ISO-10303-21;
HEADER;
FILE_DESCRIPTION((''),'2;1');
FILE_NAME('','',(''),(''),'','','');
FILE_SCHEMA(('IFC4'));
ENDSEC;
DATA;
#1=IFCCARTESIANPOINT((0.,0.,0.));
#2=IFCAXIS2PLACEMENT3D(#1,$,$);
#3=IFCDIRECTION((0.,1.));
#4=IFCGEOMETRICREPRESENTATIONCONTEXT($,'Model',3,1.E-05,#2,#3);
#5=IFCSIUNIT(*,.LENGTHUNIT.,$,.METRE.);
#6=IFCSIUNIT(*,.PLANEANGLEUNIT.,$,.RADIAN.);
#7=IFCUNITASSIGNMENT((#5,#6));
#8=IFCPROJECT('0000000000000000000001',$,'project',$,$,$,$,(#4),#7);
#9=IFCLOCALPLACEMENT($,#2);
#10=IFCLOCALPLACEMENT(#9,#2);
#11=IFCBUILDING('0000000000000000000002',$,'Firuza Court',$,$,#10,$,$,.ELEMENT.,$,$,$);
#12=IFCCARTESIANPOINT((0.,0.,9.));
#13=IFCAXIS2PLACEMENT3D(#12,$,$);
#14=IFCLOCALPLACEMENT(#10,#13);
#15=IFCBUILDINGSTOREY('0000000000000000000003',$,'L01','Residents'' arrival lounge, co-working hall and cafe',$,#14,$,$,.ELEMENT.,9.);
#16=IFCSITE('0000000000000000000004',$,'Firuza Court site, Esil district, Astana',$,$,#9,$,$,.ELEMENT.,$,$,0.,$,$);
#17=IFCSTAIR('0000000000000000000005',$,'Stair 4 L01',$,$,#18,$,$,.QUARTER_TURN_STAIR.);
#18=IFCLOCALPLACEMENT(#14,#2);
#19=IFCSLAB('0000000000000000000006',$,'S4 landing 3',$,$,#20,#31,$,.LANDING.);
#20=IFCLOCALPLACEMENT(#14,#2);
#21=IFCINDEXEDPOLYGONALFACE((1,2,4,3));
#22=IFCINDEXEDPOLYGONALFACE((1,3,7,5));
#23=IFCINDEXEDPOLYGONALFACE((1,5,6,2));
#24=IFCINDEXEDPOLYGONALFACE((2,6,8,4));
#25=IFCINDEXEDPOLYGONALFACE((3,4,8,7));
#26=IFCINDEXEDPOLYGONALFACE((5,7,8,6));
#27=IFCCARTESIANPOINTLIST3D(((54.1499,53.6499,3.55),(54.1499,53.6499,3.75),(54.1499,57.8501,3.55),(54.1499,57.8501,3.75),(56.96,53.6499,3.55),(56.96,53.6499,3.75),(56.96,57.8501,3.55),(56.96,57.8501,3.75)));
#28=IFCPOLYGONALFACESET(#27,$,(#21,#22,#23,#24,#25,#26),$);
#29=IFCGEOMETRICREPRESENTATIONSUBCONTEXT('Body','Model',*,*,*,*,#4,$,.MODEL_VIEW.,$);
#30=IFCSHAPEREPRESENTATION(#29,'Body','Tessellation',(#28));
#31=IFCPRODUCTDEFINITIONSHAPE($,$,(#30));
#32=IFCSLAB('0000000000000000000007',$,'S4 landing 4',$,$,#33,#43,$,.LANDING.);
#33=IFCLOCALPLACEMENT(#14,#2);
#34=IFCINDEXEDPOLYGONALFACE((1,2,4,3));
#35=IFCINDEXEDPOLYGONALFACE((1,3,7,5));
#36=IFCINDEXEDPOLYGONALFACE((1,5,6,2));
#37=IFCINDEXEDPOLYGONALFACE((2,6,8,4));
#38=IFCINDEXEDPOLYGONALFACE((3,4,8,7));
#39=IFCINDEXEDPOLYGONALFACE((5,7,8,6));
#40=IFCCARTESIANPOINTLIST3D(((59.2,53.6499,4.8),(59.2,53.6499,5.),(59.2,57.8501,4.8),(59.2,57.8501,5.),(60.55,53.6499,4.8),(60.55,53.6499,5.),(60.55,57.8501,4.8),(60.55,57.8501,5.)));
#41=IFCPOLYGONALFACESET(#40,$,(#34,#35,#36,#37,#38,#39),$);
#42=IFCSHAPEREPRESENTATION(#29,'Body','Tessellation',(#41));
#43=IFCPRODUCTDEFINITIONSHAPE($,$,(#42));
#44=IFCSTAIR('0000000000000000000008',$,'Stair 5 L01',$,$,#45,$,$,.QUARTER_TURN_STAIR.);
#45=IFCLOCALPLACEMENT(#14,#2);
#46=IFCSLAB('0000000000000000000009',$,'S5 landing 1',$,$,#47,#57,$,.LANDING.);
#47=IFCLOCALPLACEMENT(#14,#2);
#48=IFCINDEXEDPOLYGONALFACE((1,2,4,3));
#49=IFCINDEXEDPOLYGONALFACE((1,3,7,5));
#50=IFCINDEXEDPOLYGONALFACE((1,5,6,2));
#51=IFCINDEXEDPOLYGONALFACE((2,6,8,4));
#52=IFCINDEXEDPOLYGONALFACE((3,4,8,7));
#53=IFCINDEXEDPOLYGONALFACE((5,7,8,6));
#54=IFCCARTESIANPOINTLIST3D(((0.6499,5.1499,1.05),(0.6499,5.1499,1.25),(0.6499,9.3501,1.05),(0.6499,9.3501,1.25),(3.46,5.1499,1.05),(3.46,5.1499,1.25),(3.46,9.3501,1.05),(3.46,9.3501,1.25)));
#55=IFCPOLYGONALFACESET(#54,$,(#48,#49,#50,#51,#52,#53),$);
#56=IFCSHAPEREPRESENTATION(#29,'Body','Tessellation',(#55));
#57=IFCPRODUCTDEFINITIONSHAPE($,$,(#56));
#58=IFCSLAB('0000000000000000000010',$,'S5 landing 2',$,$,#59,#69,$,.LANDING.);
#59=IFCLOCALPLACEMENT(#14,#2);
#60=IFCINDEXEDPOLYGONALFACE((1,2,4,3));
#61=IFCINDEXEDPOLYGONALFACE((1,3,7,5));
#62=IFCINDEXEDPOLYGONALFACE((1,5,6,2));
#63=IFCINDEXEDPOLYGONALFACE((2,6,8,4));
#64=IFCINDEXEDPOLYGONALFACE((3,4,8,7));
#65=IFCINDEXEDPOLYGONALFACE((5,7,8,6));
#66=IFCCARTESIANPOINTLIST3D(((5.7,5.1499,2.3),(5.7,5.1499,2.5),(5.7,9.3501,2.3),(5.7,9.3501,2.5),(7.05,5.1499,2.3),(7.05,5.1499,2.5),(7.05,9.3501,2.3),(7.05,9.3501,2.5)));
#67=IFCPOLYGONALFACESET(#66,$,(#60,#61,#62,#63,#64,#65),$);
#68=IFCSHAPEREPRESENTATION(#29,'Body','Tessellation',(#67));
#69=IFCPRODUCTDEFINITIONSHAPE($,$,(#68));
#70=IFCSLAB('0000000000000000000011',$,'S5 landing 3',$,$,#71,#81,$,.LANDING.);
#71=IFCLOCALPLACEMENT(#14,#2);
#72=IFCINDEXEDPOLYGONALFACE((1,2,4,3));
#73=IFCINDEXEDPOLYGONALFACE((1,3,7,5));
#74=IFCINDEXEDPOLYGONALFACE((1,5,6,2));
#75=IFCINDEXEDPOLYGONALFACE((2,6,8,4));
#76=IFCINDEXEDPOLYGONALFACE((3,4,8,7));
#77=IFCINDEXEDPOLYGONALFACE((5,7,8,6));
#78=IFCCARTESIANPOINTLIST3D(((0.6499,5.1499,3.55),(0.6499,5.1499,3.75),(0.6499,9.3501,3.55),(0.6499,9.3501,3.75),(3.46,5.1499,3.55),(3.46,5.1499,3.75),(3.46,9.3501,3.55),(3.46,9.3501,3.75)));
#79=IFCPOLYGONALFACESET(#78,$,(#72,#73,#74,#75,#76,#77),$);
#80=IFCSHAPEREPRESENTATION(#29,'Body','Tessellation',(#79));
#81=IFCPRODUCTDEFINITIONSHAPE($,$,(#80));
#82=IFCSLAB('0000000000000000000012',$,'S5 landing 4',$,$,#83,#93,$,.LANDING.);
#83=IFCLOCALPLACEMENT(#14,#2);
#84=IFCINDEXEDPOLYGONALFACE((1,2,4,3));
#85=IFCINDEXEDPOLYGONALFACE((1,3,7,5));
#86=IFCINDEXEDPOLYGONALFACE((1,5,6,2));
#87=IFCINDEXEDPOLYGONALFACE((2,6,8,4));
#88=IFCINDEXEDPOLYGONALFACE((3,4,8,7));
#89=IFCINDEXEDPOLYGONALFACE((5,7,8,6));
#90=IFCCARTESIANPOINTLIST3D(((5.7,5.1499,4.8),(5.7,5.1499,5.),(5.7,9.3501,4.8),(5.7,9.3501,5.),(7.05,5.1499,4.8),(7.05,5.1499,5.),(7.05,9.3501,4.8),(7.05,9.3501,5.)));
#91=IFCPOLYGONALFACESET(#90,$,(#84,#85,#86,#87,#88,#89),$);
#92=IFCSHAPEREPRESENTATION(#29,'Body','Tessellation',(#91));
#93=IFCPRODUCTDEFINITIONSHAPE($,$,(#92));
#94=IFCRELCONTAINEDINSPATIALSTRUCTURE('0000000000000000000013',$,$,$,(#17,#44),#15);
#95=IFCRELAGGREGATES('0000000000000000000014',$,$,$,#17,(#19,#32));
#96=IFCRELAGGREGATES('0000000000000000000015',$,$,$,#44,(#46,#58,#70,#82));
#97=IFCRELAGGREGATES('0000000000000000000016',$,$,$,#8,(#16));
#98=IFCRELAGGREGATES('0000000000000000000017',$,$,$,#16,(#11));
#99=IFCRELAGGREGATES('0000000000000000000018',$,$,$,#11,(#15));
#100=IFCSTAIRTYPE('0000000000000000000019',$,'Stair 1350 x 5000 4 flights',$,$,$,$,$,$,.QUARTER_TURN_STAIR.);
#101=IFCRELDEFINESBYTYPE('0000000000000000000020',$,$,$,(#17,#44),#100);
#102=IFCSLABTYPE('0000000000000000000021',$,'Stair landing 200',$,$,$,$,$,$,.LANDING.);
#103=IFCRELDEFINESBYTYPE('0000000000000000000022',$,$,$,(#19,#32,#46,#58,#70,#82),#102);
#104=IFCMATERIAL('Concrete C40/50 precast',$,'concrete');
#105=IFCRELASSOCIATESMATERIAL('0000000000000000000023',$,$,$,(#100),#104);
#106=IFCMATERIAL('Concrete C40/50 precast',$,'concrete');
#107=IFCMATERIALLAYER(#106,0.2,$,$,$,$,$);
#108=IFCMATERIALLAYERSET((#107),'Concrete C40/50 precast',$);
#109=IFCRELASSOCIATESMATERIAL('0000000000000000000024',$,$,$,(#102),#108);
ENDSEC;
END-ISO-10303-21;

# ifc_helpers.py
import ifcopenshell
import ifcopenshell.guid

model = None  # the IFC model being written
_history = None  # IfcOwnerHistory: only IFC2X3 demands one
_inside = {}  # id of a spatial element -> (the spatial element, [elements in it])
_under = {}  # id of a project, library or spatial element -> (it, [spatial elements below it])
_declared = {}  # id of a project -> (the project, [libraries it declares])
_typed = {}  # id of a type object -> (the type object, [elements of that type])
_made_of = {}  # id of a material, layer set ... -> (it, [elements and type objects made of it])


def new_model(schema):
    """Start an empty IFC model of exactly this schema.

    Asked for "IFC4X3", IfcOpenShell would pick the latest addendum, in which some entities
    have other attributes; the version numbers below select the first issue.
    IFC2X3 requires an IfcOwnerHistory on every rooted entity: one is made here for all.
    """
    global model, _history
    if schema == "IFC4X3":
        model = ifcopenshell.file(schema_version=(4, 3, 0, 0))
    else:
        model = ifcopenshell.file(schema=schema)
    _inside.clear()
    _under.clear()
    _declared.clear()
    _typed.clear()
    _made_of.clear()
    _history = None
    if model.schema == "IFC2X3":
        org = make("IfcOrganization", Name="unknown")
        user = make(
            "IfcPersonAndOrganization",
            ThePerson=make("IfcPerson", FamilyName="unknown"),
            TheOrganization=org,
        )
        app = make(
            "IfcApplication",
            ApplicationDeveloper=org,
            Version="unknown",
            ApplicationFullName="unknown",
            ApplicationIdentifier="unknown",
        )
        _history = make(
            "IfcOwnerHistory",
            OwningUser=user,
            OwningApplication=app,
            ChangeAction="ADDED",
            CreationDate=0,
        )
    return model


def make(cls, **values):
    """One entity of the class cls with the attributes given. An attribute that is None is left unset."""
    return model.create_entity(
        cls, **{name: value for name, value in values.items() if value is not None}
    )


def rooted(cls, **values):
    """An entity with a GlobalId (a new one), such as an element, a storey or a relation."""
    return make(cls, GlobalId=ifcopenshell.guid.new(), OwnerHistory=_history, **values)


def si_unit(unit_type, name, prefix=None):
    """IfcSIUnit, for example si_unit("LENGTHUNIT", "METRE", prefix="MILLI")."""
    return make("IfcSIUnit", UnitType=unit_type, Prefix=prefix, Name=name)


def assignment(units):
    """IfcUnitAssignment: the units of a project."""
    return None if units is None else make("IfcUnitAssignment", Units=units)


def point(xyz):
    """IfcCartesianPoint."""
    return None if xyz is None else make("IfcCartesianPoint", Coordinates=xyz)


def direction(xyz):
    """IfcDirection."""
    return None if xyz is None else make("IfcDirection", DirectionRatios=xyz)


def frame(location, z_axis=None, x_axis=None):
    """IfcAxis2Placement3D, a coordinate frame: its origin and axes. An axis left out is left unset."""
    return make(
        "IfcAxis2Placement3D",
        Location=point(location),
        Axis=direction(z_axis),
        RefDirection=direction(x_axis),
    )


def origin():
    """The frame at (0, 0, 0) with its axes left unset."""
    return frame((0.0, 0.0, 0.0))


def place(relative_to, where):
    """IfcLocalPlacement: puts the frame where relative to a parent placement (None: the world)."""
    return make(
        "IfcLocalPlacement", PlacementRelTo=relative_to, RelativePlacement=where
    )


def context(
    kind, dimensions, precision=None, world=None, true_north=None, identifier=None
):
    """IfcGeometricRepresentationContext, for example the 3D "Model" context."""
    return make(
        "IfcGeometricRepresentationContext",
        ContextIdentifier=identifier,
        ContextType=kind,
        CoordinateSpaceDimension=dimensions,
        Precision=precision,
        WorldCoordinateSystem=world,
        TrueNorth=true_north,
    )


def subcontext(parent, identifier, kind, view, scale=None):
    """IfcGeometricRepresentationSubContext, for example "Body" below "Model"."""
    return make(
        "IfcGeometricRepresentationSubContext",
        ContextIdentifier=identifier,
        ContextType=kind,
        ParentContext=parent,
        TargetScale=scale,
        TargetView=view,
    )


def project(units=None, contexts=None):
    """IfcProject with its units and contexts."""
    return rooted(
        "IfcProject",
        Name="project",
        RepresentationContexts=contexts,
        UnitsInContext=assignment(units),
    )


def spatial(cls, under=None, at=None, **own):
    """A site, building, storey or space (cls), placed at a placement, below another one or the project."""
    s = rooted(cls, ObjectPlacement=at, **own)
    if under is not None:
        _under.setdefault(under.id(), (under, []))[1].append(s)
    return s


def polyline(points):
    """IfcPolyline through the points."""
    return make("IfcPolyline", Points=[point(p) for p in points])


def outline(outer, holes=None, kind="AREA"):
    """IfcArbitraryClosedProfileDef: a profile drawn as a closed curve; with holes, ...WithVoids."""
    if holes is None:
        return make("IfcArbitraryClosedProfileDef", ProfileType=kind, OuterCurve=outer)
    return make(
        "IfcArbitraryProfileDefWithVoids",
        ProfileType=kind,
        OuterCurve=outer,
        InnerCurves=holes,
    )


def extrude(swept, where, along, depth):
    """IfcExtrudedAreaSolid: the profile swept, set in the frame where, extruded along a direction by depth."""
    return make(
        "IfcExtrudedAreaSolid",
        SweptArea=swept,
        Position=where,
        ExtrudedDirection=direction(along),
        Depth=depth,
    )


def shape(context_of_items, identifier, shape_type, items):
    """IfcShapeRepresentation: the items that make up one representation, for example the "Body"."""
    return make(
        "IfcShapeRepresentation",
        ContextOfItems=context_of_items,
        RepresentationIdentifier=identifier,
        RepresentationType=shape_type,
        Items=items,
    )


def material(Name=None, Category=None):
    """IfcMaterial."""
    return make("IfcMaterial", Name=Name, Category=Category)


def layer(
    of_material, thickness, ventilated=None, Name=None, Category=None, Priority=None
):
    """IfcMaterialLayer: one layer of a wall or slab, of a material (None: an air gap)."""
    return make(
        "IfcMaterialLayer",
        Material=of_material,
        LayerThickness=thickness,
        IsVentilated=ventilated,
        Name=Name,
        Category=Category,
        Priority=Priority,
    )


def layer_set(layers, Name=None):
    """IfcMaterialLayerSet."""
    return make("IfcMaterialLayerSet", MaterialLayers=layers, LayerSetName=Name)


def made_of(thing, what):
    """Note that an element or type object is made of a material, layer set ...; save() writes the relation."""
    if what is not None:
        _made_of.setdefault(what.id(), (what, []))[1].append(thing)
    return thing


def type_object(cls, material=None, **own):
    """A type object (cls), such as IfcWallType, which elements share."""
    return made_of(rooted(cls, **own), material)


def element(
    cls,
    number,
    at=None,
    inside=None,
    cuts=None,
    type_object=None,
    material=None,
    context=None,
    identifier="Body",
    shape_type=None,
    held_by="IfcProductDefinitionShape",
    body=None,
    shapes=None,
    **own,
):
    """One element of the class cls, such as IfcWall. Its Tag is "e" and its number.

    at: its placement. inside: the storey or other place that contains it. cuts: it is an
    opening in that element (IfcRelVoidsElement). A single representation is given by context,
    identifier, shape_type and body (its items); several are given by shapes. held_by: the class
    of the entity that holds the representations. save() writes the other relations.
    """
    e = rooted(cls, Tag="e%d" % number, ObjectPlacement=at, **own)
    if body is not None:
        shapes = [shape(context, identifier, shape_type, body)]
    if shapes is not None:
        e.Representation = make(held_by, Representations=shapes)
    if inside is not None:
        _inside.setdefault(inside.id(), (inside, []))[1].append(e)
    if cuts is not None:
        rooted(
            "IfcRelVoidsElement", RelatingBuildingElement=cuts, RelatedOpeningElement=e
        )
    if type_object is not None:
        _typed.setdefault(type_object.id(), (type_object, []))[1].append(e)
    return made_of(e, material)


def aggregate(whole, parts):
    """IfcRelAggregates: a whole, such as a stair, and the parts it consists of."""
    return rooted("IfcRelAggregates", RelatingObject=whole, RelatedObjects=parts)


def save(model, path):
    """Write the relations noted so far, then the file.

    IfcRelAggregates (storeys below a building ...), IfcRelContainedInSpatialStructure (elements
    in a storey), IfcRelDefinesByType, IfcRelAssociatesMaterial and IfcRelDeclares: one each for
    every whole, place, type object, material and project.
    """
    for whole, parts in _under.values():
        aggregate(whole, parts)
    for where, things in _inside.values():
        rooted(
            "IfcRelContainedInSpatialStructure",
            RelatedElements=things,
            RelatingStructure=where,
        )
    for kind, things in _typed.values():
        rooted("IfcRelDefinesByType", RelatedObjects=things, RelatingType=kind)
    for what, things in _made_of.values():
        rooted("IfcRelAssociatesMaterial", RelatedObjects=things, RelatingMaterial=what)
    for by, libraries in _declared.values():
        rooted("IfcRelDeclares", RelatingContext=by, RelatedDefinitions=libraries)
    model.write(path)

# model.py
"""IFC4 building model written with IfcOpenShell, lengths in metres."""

from ifc_helpers import new_model, si_unit, direction, frame, origin, place, context, subcontext, project, spatial, polyline, outline, extrude, material, layer, layer_set, type_object, element, aggregate, save


model = new_model("IFC4")

# Units and contexts
model_context = context("Model", 3, precision=1e-05, world=origin(), true_north=direction((0.0, 1.0)))
body_context = subcontext(model_context, "Body", "Model", "MODEL_VIEW")
ifc_project = project(units=[si_unit("LENGTHUNIT", "METRE"), si_unit("PLANEANGLEUNIT", "RADIAN")], contexts=[model_context])

# Site, building, storey
site_placement = place(None, origin())
site = spatial("IfcSite", under=ifc_project, at=site_placement, Name="Firuza Court site, Esil district, Astana", CompositionType="ELEMENT", RefElevation=0.0)
building_placement = place(site_placement, origin())
building = spatial("IfcBuilding", under=site, at=building_placement, Name="Firuza Court", CompositionType="ELEMENT")
storey_placement = place(building_placement, frame((0.0, 0.0, 9.0)))
storey = spatial("IfcBuildingStorey", under=building, at=storey_placement, Name="L01", Description="Residents' arrival lounge, co-working hall and cafe", CompositionType="ELEMENT", Elevation=9.0)

# Stairs, slabs
ifc_material_1 = material(Name="Concrete C40/50 precast", Category="concrete")
stair_type_1 = type_object("IfcStairType", Name="Stair 1350 x 5000 4 flights", PredefinedType="QUARTER_TURN_STAIR", material=ifc_material_1)
ifc_material_2 = material(Name="Concrete C40/50 precast", Category="concrete")
ifc_layer_1 = layer(ifc_material_2, 0.2)
ifc_layer_set_1 = layer_set([ifc_layer_1], Name="Concrete C40/50 precast")
slab_type_1 = type_object("IfcSlabType", Name="Stair landing 200", PredefinedType="LANDING", material=ifc_layer_set_1)
stair_1_placement = place(storey_placement, origin())
stair_1 = element("IfcStair", 1, at=stair_1_placement, inside=storey, type_object=stair_type_1, Name="Stair 4 L01", PredefinedType="QUARTER_TURN_STAIR")
slab_1_placement = place(storey_placement, frame((0.0, 0.0, 3.55)))
slab_1 = element("IfcSlab", 2, at=slab_1_placement, type_object=slab_type_1, Name="S4 landing 3", PredefinedType="LANDING", context=body_context, shape_type="SweptSolid", body=[
    extrude(outline(polyline([(56.96, 53.6499), (56.96, 57.8501), (54.1499, 57.8501), (54.1499, 53.6499), (56.96, 53.6499)])), origin(), (0.0, 0.0, 1.0), 0.2),
])
slab_2_placement = place(storey_placement, frame((0.0, 0.0, 4.8)))
slab_2 = element("IfcSlab", 3, at=slab_2_placement, type_object=slab_type_1, Name="S4 landing 4", PredefinedType="LANDING", context=body_context, shape_type="SweptSolid", body=[
    extrude(outline(polyline([(60.55, 53.6499), (60.55, 57.8501), (59.2, 57.8501), (59.2, 53.6499), (60.55, 53.6499)])), origin(), (0.0, 0.0, 1.0), 0.2),
])
aggregate(stair_1, [slab_1, slab_2])
stair_2_placement = place(storey_placement, origin())
stair_2 = element("IfcStair", 4, at=stair_2_placement, inside=storey, type_object=stair_type_1, Name="Stair 5 L01", PredefinedType="QUARTER_TURN_STAIR")
slab_3_placement = place(storey_placement, frame((0.0, 0.0, 1.05)))
slab_3 = element("IfcSlab", 5, at=slab_3_placement, type_object=slab_type_1, Name="S5 landing 1", PredefinedType="LANDING", context=body_context, shape_type="SweptSolid", body=[
    extrude(outline(polyline([(3.46, 5.1499), (3.46, 9.3501), (0.6499, 9.3501), (0.6499, 5.1499), (3.46, 5.1499)])), origin(), (0.0, 0.0, 1.0), 0.2),
])
slab_4_placement = place(storey_placement, frame((0.0, 0.0, 2.3)))
slab_4 = element("IfcSlab", 6, at=slab_4_placement, type_object=slab_type_1, Name="S5 landing 2", PredefinedType="LANDING", context=body_context, shape_type="SweptSolid", body=[
    extrude(outline(polyline([(7.05, 5.1499), (7.05, 9.3501), (5.7, 9.3501), (5.7, 5.1499), (7.05, 5.1499)])), origin(), (0.0, 0.0, 1.0), 0.2),
])
slab_5_placement = place(storey_placement, frame((0.0, 0.0, 3.55)))
slab_5 = element("IfcSlab", 7, at=slab_5_placement, type_object=slab_type_1, Name="S5 landing 3", PredefinedType="LANDING", context=body_context, shape_type="SweptSolid", body=[
    extrude(outline(polyline([(3.46, 5.1499), (3.46, 9.3501), (0.6499, 9.3501), (0.6499, 5.1499), (3.46, 5.1499)])), origin(), (0.0, 0.0, 1.0), 0.2),
])
slab_6_placement = place(storey_placement, frame((0.0, 0.0, 4.8)))
slab_6 = element("IfcSlab", 8, at=slab_6_placement, type_object=slab_type_1, Name="S5 landing 4", PredefinedType="LANDING", context=body_context, shape_type="SweptSolid", body=[
    extrude(outline(polyline([(7.05, 5.1499), (7.05, 9.3501), (5.7, 9.3501), (5.7, 5.1499), (7.05, 5.1499)])), origin(), (0.0, 0.0, 1.0), 0.2),
])
aggregate(stair_2, [slab_3, slab_4, slab_5, slab_6])

save(model, "model.ifc")
